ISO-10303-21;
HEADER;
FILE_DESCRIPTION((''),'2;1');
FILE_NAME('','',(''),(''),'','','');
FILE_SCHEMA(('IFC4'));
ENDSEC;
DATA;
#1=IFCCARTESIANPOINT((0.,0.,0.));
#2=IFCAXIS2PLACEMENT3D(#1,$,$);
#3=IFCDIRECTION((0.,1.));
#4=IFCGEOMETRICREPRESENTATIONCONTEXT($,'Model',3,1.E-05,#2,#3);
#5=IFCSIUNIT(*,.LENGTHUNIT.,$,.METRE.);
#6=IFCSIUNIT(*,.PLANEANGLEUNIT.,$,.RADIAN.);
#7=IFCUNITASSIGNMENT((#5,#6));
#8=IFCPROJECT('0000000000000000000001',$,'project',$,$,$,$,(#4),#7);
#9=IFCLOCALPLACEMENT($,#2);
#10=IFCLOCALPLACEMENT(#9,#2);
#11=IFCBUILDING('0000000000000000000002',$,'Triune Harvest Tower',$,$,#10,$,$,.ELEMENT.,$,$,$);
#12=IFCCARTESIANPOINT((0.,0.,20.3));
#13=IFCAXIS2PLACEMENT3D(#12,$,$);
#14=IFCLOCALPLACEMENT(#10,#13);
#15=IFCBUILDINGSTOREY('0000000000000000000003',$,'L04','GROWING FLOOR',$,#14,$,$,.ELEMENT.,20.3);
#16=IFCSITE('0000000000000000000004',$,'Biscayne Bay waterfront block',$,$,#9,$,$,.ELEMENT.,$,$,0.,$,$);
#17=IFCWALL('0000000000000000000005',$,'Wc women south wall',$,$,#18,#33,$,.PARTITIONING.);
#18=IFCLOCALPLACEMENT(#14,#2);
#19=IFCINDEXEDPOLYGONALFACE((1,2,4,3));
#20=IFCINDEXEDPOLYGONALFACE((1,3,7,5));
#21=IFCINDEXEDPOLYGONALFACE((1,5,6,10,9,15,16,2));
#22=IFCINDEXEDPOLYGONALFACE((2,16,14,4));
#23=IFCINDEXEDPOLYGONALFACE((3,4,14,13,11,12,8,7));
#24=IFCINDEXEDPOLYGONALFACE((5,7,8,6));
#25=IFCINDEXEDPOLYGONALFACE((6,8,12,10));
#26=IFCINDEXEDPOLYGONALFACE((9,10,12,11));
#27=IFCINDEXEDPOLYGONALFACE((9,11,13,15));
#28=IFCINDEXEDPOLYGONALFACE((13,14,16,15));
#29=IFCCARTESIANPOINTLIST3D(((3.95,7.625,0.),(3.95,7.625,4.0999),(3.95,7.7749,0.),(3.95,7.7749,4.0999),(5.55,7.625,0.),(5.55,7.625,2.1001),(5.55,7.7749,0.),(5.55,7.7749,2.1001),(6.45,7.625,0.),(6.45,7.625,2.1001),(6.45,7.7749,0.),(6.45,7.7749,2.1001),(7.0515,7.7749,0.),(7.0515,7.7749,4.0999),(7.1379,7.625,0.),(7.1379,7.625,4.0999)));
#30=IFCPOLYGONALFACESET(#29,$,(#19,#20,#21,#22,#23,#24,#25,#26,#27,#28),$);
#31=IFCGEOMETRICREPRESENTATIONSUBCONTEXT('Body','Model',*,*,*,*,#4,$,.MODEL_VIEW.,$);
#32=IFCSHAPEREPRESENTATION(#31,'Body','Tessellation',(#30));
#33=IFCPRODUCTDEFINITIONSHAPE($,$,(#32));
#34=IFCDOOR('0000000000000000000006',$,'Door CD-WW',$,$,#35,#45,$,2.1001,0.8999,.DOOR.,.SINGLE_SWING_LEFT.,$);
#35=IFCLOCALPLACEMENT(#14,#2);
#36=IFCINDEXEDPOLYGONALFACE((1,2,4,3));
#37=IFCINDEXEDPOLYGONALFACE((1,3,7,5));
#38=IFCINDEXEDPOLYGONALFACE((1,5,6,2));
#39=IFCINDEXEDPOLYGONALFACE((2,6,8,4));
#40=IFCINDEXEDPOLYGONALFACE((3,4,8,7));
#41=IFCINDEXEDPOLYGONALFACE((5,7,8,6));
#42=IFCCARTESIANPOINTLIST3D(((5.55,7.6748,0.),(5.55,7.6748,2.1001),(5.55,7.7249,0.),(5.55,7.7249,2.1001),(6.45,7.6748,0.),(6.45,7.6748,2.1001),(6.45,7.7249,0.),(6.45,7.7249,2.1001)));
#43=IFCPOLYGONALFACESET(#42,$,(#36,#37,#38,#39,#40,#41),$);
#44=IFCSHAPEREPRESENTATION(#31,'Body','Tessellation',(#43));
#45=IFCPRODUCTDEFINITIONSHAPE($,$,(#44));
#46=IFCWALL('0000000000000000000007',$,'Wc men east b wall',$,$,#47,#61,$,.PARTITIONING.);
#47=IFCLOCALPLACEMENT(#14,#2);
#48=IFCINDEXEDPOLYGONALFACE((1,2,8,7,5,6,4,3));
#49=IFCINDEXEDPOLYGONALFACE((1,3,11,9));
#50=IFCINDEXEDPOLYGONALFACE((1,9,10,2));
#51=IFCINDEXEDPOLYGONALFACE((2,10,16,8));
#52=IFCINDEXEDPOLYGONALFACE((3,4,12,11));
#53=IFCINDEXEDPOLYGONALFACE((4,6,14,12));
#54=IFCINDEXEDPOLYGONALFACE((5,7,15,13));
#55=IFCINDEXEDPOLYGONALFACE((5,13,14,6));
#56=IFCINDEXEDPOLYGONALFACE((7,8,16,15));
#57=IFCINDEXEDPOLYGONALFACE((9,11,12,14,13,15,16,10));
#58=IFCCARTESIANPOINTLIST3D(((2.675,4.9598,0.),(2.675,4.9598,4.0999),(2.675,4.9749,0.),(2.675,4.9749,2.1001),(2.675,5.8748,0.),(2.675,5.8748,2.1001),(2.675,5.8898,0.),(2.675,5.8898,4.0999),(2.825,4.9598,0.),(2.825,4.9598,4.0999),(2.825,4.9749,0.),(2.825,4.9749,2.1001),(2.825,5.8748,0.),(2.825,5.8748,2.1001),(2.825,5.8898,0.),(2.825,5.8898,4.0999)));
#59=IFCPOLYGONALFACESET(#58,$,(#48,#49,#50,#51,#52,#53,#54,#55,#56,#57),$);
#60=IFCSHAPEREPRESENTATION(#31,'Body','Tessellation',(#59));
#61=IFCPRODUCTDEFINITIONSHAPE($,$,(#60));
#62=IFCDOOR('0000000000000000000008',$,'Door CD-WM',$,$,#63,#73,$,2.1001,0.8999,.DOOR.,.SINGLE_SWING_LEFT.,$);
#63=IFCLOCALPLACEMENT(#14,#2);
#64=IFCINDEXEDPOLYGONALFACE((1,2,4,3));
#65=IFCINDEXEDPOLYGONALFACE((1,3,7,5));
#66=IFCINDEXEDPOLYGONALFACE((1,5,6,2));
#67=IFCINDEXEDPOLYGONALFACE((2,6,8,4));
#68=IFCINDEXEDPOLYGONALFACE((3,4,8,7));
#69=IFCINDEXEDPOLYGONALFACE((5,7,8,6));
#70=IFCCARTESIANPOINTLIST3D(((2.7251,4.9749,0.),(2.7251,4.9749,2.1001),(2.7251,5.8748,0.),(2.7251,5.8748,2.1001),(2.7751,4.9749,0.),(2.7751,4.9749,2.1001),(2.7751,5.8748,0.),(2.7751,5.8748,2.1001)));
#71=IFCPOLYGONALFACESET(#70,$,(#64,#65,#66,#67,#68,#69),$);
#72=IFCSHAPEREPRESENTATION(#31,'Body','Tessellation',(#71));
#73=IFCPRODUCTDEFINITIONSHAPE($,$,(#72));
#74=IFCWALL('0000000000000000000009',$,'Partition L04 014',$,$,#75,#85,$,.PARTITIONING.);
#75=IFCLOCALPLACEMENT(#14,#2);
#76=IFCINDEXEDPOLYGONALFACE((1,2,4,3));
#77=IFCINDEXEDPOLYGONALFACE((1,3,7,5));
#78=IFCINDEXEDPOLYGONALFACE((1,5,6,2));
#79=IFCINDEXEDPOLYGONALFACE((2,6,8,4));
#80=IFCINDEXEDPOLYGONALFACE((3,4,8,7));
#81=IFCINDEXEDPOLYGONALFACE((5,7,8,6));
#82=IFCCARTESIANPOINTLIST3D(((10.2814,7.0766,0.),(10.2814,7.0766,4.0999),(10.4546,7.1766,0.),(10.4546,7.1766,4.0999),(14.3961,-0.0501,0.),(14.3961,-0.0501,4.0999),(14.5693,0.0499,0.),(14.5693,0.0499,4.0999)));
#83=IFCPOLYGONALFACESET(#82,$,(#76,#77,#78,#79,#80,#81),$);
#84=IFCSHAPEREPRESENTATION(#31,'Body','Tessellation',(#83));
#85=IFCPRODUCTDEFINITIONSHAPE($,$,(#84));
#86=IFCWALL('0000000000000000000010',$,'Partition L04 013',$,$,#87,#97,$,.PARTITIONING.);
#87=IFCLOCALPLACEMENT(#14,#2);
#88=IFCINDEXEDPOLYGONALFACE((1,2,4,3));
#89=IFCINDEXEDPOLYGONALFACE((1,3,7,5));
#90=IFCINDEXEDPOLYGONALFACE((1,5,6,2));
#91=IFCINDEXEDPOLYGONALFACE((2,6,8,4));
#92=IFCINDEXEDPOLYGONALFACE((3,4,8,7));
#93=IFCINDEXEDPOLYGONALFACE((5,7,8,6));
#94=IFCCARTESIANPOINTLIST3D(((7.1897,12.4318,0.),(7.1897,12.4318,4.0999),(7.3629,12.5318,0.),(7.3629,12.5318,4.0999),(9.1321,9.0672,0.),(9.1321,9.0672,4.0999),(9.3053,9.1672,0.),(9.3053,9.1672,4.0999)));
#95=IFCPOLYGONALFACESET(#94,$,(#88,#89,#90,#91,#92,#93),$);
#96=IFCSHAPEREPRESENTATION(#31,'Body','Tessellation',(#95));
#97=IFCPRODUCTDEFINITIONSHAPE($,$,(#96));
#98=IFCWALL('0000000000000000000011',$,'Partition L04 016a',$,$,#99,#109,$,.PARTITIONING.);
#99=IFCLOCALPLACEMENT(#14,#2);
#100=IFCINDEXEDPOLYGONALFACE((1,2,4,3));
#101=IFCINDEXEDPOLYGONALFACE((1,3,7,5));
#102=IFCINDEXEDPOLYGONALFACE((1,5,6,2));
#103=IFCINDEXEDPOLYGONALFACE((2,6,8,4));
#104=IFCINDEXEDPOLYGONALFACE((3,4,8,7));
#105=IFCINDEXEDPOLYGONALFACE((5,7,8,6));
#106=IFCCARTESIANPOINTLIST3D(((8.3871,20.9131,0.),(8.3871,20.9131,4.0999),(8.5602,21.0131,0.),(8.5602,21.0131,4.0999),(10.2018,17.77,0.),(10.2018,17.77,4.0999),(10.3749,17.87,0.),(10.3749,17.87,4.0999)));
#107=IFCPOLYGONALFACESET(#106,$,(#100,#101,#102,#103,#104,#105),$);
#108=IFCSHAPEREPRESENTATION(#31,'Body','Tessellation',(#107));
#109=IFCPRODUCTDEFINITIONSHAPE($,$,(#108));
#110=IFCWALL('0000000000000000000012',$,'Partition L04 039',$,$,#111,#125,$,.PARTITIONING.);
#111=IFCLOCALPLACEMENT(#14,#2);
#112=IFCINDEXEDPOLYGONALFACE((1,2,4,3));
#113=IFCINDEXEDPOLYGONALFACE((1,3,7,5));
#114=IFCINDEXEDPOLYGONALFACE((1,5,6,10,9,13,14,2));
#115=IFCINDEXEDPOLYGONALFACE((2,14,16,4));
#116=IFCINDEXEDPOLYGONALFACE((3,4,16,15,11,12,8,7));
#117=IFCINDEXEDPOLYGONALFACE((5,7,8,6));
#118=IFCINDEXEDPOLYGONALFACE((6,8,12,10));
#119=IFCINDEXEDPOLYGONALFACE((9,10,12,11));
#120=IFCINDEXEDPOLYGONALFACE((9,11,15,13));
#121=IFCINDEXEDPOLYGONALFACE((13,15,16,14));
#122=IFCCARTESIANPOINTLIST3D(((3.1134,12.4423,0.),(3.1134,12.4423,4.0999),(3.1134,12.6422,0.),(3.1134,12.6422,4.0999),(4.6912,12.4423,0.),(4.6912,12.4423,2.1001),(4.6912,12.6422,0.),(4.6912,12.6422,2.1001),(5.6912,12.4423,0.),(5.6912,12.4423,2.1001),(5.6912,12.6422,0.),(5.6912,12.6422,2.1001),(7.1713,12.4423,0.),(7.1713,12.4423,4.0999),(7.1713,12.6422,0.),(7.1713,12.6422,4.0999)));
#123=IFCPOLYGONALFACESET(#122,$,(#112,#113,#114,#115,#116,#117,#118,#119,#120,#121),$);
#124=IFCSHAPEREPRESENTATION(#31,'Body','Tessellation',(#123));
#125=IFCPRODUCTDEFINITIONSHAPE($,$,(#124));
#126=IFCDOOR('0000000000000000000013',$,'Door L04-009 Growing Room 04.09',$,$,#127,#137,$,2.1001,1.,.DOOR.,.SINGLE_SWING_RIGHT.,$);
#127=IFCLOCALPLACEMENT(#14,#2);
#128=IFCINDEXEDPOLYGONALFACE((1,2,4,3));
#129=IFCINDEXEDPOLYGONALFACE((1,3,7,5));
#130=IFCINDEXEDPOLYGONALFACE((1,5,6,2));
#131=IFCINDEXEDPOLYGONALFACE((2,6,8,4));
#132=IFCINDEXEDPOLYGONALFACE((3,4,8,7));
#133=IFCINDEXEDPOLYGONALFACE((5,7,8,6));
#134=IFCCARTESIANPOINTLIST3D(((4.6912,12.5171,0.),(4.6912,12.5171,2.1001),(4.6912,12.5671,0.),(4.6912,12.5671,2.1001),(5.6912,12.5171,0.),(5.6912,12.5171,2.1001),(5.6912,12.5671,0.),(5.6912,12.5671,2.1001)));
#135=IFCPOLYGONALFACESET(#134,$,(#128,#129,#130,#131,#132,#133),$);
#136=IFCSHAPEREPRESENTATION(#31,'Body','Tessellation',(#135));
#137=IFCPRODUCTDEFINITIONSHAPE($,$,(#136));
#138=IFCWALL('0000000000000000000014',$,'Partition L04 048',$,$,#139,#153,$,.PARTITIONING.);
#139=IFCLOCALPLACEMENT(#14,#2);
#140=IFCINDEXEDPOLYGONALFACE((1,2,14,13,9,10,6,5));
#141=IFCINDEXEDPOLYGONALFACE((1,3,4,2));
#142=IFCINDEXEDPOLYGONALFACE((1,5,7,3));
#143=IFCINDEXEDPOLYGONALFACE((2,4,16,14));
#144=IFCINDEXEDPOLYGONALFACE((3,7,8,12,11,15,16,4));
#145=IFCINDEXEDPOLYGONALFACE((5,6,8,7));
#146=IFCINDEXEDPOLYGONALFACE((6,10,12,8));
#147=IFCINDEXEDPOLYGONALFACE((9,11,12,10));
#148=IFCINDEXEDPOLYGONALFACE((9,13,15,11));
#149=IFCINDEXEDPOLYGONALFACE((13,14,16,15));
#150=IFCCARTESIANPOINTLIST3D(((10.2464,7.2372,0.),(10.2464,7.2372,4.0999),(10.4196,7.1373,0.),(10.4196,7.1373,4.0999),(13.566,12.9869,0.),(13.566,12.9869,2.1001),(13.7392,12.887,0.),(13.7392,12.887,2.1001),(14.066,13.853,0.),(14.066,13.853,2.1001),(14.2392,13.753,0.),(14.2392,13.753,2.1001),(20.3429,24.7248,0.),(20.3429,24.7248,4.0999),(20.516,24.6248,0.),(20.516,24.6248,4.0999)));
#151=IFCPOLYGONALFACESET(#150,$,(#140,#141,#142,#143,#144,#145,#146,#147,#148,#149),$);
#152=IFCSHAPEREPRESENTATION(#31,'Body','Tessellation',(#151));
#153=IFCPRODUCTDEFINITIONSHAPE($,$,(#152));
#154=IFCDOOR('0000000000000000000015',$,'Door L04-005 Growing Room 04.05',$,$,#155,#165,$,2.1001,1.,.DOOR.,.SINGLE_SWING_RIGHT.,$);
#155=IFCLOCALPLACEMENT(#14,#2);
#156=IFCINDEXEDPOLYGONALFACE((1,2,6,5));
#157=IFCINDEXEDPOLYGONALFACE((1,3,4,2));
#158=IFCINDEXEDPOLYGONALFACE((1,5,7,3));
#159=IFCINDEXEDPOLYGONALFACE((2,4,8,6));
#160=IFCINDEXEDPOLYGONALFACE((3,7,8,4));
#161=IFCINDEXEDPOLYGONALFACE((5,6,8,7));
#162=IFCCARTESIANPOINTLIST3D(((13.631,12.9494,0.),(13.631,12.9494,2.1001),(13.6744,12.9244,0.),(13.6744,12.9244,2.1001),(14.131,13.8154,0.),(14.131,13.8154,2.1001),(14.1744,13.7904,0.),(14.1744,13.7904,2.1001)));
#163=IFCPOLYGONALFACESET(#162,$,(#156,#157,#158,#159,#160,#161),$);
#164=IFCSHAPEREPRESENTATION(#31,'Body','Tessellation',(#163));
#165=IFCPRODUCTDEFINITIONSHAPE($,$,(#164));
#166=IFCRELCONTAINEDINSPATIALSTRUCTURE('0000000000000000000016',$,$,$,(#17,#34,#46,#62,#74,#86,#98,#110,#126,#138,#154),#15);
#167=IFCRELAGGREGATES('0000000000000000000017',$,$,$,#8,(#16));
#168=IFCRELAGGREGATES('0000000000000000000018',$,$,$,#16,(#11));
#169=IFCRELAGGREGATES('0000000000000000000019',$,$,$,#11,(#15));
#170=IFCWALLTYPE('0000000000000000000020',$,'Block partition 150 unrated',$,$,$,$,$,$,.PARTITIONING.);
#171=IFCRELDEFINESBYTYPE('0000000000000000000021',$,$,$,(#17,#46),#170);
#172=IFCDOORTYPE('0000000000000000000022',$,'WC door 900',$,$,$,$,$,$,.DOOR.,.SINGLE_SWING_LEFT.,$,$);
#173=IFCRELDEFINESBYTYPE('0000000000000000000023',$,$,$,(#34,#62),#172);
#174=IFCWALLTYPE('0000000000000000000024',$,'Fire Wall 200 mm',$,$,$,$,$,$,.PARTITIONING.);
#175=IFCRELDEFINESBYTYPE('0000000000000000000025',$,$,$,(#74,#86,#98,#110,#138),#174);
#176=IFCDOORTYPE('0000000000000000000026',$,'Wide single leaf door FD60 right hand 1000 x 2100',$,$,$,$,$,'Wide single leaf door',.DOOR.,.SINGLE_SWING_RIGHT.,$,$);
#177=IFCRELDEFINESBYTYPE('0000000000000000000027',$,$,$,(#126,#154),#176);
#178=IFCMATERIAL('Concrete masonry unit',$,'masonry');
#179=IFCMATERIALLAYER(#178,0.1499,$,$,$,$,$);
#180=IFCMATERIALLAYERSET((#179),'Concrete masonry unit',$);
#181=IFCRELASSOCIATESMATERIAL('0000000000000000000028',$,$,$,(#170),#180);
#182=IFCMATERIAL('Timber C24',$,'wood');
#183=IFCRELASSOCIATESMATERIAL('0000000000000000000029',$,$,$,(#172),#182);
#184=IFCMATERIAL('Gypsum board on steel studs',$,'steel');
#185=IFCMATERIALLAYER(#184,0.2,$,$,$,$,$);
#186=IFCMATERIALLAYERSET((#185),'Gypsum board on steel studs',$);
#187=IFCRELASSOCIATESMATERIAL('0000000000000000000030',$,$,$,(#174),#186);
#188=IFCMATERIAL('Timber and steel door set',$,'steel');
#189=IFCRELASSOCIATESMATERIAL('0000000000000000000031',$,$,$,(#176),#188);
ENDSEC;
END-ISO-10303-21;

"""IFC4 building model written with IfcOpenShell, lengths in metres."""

from ifc_helpers import new_model, si_unit, direction, frame, frame_2d, origin, place, context, subcontext, project, spatial, polyline, rectangle, outline, extrude, source, transform, mapped, material, layer, layer_set, type_object, element, fill, save


model = new_model("IFC4")

# Units and contexts
model_context = context("Model", 3, precision=1e-05, world=origin(), true_north=direction((0.0, 1.0)))
body_context = subcontext(model_context, "Body", "Model", "MODEL_VIEW")
ifc_project = project(units=[si_unit("LENGTHUNIT", "METRE"), si_unit("PLANEANGLEUNIT", "RADIAN")], contexts=[model_context])

# Site, building, storey
site_placement = place(None, origin())
site = spatial("IfcSite", under=ifc_project, at=site_placement, Name="Biscayne Bay waterfront block", CompositionType="ELEMENT", RefElevation=0.0)
building_placement = place(site_placement, origin())
building = spatial("IfcBuilding", under=site, at=building_placement, Name="Triune Harvest Tower", CompositionType="ELEMENT")
storey_placement = place(building_placement, frame((0.0, 0.0, 20.3)))
storey = spatial("IfcBuildingStorey", under=building, at=storey_placement, Name="L04", Description="GROWING FLOOR", CompositionType="ELEMENT", Elevation=20.3)

# Walls, openings, doors
ifc_material_1 = material(Name="Concrete masonry unit", Category="masonry")
ifc_layer_1 = layer(ifc_material_1, 0.1499)
ifc_layer_set_1 = layer_set([ifc_layer_1], Name="Concrete masonry unit")
wall_type_1 = type_object("IfcWallType", Name="Block partition 150 unrated", PredefinedType="PARTITIONING", material=ifc_layer_set_1)
shared_shape_1 = source(origin(), body_context, "Body", "SweptSolid", [
    extrude(outline(polyline([(0.0, -0.075), (0.0, 0.075), (3.1016, 0.075), (3.188, -0.075), (0.0, -0.075)])), origin(), (0.0, 0.0, 1.0), 4.0999),
])
wall_1_placement = place(storey_placement, frame((3.95, 7.7, 0.0), z_axis=(0.0, 0.0, 1.0), x_axis=(1.0, 0.0, 0.0)))
wall_1 = element("IfcWall", 1, at=wall_1_placement, inside=storey, type_object=wall_type_1, Name="Wc women south wall", PredefinedType="PARTITIONING", context=body_context, shape_type="MappedRepresentation", body=[
    mapped(shared_shape_1, transform((0.0, 0.0, 0.0), scale=1.0)),
])
opening_1_placement = place(wall_1_placement, frame((1.6001, 0.0, 0.0)))
opening_1 = element("IfcOpeningElement", 2, at=opening_1_placement, cuts=wall_1, PredefinedType="OPENING", context=body_context, shape_type="SweptSolid", body=[
    extrude(rectangle(XDim=0.8999, YDim=2.1001, at=frame_2d((0.45, 1.05))), frame((0.0, 0.085, 0.0), z_axis=(0.0, -1.0, 0.0), x_axis=(1.0, 0.0, 0.0)), (0.0, 0.0, 1.0), 0.1699),
])
ifc_material_2 = material(Name="Timber C24", Category="wood")
door_type_1 = type_object("IfcDoorType", Name="WC door 900", OperationType="SINGLE_SWING_LEFT", PredefinedType="DOOR", material=ifc_material_2)
door_1_placement = place(opening_1_placement, origin())
door_1 = element("IfcDoor", 3, at=door_1_placement, inside=storey, type_object=door_type_1, Name="Door CD-WW", OperationType="SINGLE_SWING_LEFT", OverallHeight=2.1001, OverallWidth=0.8999, PredefinedType="DOOR", context=body_context, shape_type="SweptSolid", body=[
    extrude(rectangle(XDim=0.8999, YDim=2.1001, at=frame_2d((0.45, 1.05))), frame((0.0, 0.0249, 0.0), z_axis=(0.0, -1.0, 0.0), x_axis=(1.0, 0.0, 0.0)), (0.0, 0.0, 1.0), 0.05),
])
fill(opening_1, door_1)
shared_shape_2 = source(origin(), body_context, "Body", "SweptSolid", [
    extrude(rectangle(XDim=0.9299, YDim=0.1499, at=frame_2d((0.4648, 0.0))), origin(), (0.0, 0.0, 1.0), 4.0999),
])
wall_2_placement = place(storey_placement, frame((2.75, 4.96, 0.0), z_axis=(0.0, 0.0, 1.0), x_axis=(0.0, 1.0, 0.0)))
wall_2 = element("IfcWall", 4, at=wall_2_placement, inside=storey, type_object=wall_type_1, Name="Wc men east b wall", PredefinedType="PARTITIONING", context=body_context, shape_type="MappedRepresentation", body=[
    mapped(shared_shape_2, transform((0.0, 0.0, 0.0), scale=1.0)),
])
opening_2_placement = place(wall_2_placement, frame((0.0149, 0.0, 0.0)))
opening_2 = element("IfcOpeningElement", 5, at=opening_2_placement, cuts=wall_2, PredefinedType="OPENING", context=body_context, shape_type="SweptSolid", body=[
    extrude(rectangle(XDim=0.8999, YDim=2.1001, at=frame_2d((0.45, 1.05))), frame((0.0, 0.085, 0.0), z_axis=(0.0, -1.0, 0.0), x_axis=(1.0, 0.0, 0.0)), (0.0, 0.0, 1.0), 0.1699),
])
door_2_placement = place(opening_2_placement, origin())
door_2 = element("IfcDoor", 6, at=door_2_placement, inside=storey, type_object=door_type_1, Name="Door CD-WM", OperationType="SINGLE_SWING_LEFT", OverallHeight=2.1001, OverallWidth=0.8999, PredefinedType="DOOR", context=body_context, shape_type="SweptSolid", body=[
    extrude(rectangle(XDim=0.8999, YDim=2.1001, at=frame_2d((0.45, 1.05))), frame((0.0, 0.0249, 0.0), z_axis=(0.0, -1.0, 0.0), x_axis=(1.0, 0.0, 0.0)), (0.0, 0.0, 1.0), 0.05),
])
fill(opening_2, door_2)

# Walls
ifc_material_3 = material(Name="Gypsum board on steel studs", Category="steel")
ifc_layer_2 = layer(ifc_material_3, 0.2)
ifc_layer_set_2 = layer_set([ifc_layer_2], Name="Gypsum board on steel studs")
wall_type_2 = type_object("IfcWallType", Name="Fire Wall 200 mm", PredefinedType="PARTITIONING", material=ifc_layer_set_2)
shared_shape_3 = source(origin(), body_context, "Body", "SweptSolid", [
    extrude(rectangle(XDim=8.2292, YDim=0.2, at=frame_2d((4.1147, 0.0))), origin(), (0.0, 0.0, 1.0), 4.0999),
])
wall_3_placement = place(storey_placement, frame((10.3679, 7.1267, 0.0), z_axis=(0.0, 0.0, 1.0), x_axis=(0.500013, -0.866018, 0.0)))
element("IfcWall", 7, at=wall_3_placement, inside=storey, type_object=wall_type_2, Name="Partition L04 014", PredefinedType="PARTITIONING", context=body_context, shape_type="MappedRepresentation", body=[
    mapped(shared_shape_3, transform((0.0, 0.0, 0.0), scale=1.0)),
])
shared_shape_4 = source(origin(), body_context, "Body", "SweptSolid", [
    extrude(rectangle(XDim=3.885, YDim=0.2, at=frame_2d((1.9424, 0.0))), origin(), (0.0, 0.0, 1.0), 4.0999),
])
wall_4_placement = place(storey_placement, frame((7.2764, 12.4817, 0.0), z_axis=(0.0, 0.0, 1.0), x_axis=(0.499978, -0.866038, 0.0)))
element("IfcWall", 8, at=wall_4_placement, inside=storey, type_object=wall_type_2, Name="Partition L04 013", PredefinedType="PARTITIONING", context=body_context, shape_type="MappedRepresentation", body=[
    mapped(shared_shape_4, transform((0.0, 0.0, 0.0), scale=1.0)),
])
shared_shape_5 = source(origin(), body_context, "Body", "SweptSolid", [
    extrude(rectangle(XDim=3.6294, YDim=0.2, at=frame_2d((1.8147, 0.0))), origin(), (0.0, 0.0, 1.0), 4.0999),
])
wall_5_placement = place(storey_placement, frame((8.4736, 20.9631, 0.0), z_axis=(0.0, 0.0, 1.0), x_axis=(0.50001, -0.86602, 0.0)))
element("IfcWall", 9, at=wall_5_placement, inside=storey, type_object=wall_type_2, Name="Partition L04 016a", PredefinedType="PARTITIONING", context=body_context, shape_type="MappedRepresentation", body=[
    mapped(shared_shape_5, transform((0.0, 0.0, 0.0), scale=1.0)),
])

# Walls, openings, doors
shared_shape_6 = source(origin(), body_context, "Body", "SweptSolid", [
    extrude(rectangle(XDim=4.0579, YDim=0.2, at=frame_2d((2.0288, 0.0))), origin(), (0.0, 0.0, 1.0), 4.0999),
])
wall_6_placement = place(storey_placement, frame((3.1135, 12.5422, 0.0), z_axis=(0.0, 0.0, 1.0), x_axis=(1.0, 0.0, 0.0)))
wall_6 = element("IfcWall", 10, at=wall_6_placement, inside=storey, type_object=wall_type_2, Name="Partition L04 039", PredefinedType="PARTITIONING", context=body_context, shape_type="MappedRepresentation", body=[
    mapped(shared_shape_6, transform((0.0, 0.0, 0.0), scale=1.0)),
])
opening_3_placement = place(wall_6_placement, frame((1.5776, 0.0, 0.0)))
opening_3 = element("IfcOpeningElement", 11, at=opening_3_placement, cuts=wall_6, PredefinedType="OPENING", context=body_context, shape_type="SweptSolid", body=[
    extrude(rectangle(XDim=1.0, YDim=2.1001, at=frame_2d((0.5, 1.05))), frame((0.0, 0.1099, 0.0), z_axis=(0.0, -1.0, 0.0), x_axis=(1.0, 0.0, 0.0)), (0.0, 0.0, 1.0), 0.22),
])
ifc_material_4 = material(Name="Timber and steel door set", Category="steel")
door_type_2 = type_object("IfcDoorType", Name="Wide single leaf door FD60 right hand 1000 x 2100", ElementType="Wide single leaf door", OperationType="SINGLE_SWING_RIGHT", PredefinedType="DOOR", material=ifc_material_4)
door_3_placement = place(opening_3_placement, origin())
door_3 = element("IfcDoor", 12, at=door_3_placement, inside=storey, type_object=door_type_2, Name="Door L04-009 Growing Room 04.09", OperationType="SINGLE_SWING_RIGHT", OverallHeight=2.1001, OverallWidth=1.0, PredefinedType="DOOR", context=body_context, shape_type="SweptSolid", body=[
    extrude(rectangle(XDim=1.0, YDim=2.1001, at=frame_2d((0.5, 1.05))), frame((0.0, 0.0249, 0.0), z_axis=(0.0, -1.0, 0.0), x_axis=(1.0, 0.0, 0.0)), (0.0, 0.0, 1.0), 0.05),
])
fill(opening_3, door_3)
shared_shape_7 = source(origin(), body_context, "Body", "SweptSolid", [
    extrude(rectangle(XDim=20.1929, YDim=0.2, at=frame_2d((10.0964, 0.0))), origin(), (0.0, 0.0, 1.0), 4.0999),
])
wall_7_placement = place(storey_placement, frame((10.333, 7.1873, 0.0), z_axis=(0.0, 0.0, 1.0), x_axis=(0.5, 0.866026, 0.0)))
wall_7 = element("IfcWall", 13, at=wall_7_placement, inside=storey, type_object=wall_type_2, Name="Partition L04 048", PredefinedType="PARTITIONING", context=body_context, shape_type="MappedRepresentation", body=[
    mapped(shared_shape_7, transform((0.0, 0.0, 0.0), scale=1.0)),
])
opening_4_placement = place(wall_7_placement, frame((6.6392, 0.0, 0.0)))
opening_4 = element("IfcOpeningElement", 14, at=opening_4_placement, cuts=wall_7, PredefinedType="OPENING", context=body_context, shape_type="SweptSolid", body=[
    extrude(rectangle(XDim=1.0, YDim=2.1001, at=frame_2d((0.5, 1.05))), frame((0.0, 0.1099, 0.0), z_axis=(0.0, -1.0, 0.0), x_axis=(1.0, 0.0, 0.0)), (0.0, 0.0, 1.0), 0.22),
])
door_4_placement = place(opening_4_placement, origin())
door_4 = element("IfcDoor", 15, at=door_4_placement, inside=storey, type_object=door_type_2, Name="Door L04-005 Growing Room 04.05", OperationType="SINGLE_SWING_RIGHT", OverallHeight=2.1001, OverallWidth=1.0, PredefinedType="DOOR", context=body_context, shape_type="SweptSolid", body=[
    extrude(rectangle(XDim=1.0, YDim=2.1001, at=frame_2d((0.5, 1.05))), frame((0.0, 0.0249, 0.0), z_axis=(0.0, -1.0, 0.0), x_axis=(1.0, 0.0, 0.0)), (0.0, 0.0, 1.0), 0.05),
])
fill(opening_4, door_4)

save(model, "model.ifc")
